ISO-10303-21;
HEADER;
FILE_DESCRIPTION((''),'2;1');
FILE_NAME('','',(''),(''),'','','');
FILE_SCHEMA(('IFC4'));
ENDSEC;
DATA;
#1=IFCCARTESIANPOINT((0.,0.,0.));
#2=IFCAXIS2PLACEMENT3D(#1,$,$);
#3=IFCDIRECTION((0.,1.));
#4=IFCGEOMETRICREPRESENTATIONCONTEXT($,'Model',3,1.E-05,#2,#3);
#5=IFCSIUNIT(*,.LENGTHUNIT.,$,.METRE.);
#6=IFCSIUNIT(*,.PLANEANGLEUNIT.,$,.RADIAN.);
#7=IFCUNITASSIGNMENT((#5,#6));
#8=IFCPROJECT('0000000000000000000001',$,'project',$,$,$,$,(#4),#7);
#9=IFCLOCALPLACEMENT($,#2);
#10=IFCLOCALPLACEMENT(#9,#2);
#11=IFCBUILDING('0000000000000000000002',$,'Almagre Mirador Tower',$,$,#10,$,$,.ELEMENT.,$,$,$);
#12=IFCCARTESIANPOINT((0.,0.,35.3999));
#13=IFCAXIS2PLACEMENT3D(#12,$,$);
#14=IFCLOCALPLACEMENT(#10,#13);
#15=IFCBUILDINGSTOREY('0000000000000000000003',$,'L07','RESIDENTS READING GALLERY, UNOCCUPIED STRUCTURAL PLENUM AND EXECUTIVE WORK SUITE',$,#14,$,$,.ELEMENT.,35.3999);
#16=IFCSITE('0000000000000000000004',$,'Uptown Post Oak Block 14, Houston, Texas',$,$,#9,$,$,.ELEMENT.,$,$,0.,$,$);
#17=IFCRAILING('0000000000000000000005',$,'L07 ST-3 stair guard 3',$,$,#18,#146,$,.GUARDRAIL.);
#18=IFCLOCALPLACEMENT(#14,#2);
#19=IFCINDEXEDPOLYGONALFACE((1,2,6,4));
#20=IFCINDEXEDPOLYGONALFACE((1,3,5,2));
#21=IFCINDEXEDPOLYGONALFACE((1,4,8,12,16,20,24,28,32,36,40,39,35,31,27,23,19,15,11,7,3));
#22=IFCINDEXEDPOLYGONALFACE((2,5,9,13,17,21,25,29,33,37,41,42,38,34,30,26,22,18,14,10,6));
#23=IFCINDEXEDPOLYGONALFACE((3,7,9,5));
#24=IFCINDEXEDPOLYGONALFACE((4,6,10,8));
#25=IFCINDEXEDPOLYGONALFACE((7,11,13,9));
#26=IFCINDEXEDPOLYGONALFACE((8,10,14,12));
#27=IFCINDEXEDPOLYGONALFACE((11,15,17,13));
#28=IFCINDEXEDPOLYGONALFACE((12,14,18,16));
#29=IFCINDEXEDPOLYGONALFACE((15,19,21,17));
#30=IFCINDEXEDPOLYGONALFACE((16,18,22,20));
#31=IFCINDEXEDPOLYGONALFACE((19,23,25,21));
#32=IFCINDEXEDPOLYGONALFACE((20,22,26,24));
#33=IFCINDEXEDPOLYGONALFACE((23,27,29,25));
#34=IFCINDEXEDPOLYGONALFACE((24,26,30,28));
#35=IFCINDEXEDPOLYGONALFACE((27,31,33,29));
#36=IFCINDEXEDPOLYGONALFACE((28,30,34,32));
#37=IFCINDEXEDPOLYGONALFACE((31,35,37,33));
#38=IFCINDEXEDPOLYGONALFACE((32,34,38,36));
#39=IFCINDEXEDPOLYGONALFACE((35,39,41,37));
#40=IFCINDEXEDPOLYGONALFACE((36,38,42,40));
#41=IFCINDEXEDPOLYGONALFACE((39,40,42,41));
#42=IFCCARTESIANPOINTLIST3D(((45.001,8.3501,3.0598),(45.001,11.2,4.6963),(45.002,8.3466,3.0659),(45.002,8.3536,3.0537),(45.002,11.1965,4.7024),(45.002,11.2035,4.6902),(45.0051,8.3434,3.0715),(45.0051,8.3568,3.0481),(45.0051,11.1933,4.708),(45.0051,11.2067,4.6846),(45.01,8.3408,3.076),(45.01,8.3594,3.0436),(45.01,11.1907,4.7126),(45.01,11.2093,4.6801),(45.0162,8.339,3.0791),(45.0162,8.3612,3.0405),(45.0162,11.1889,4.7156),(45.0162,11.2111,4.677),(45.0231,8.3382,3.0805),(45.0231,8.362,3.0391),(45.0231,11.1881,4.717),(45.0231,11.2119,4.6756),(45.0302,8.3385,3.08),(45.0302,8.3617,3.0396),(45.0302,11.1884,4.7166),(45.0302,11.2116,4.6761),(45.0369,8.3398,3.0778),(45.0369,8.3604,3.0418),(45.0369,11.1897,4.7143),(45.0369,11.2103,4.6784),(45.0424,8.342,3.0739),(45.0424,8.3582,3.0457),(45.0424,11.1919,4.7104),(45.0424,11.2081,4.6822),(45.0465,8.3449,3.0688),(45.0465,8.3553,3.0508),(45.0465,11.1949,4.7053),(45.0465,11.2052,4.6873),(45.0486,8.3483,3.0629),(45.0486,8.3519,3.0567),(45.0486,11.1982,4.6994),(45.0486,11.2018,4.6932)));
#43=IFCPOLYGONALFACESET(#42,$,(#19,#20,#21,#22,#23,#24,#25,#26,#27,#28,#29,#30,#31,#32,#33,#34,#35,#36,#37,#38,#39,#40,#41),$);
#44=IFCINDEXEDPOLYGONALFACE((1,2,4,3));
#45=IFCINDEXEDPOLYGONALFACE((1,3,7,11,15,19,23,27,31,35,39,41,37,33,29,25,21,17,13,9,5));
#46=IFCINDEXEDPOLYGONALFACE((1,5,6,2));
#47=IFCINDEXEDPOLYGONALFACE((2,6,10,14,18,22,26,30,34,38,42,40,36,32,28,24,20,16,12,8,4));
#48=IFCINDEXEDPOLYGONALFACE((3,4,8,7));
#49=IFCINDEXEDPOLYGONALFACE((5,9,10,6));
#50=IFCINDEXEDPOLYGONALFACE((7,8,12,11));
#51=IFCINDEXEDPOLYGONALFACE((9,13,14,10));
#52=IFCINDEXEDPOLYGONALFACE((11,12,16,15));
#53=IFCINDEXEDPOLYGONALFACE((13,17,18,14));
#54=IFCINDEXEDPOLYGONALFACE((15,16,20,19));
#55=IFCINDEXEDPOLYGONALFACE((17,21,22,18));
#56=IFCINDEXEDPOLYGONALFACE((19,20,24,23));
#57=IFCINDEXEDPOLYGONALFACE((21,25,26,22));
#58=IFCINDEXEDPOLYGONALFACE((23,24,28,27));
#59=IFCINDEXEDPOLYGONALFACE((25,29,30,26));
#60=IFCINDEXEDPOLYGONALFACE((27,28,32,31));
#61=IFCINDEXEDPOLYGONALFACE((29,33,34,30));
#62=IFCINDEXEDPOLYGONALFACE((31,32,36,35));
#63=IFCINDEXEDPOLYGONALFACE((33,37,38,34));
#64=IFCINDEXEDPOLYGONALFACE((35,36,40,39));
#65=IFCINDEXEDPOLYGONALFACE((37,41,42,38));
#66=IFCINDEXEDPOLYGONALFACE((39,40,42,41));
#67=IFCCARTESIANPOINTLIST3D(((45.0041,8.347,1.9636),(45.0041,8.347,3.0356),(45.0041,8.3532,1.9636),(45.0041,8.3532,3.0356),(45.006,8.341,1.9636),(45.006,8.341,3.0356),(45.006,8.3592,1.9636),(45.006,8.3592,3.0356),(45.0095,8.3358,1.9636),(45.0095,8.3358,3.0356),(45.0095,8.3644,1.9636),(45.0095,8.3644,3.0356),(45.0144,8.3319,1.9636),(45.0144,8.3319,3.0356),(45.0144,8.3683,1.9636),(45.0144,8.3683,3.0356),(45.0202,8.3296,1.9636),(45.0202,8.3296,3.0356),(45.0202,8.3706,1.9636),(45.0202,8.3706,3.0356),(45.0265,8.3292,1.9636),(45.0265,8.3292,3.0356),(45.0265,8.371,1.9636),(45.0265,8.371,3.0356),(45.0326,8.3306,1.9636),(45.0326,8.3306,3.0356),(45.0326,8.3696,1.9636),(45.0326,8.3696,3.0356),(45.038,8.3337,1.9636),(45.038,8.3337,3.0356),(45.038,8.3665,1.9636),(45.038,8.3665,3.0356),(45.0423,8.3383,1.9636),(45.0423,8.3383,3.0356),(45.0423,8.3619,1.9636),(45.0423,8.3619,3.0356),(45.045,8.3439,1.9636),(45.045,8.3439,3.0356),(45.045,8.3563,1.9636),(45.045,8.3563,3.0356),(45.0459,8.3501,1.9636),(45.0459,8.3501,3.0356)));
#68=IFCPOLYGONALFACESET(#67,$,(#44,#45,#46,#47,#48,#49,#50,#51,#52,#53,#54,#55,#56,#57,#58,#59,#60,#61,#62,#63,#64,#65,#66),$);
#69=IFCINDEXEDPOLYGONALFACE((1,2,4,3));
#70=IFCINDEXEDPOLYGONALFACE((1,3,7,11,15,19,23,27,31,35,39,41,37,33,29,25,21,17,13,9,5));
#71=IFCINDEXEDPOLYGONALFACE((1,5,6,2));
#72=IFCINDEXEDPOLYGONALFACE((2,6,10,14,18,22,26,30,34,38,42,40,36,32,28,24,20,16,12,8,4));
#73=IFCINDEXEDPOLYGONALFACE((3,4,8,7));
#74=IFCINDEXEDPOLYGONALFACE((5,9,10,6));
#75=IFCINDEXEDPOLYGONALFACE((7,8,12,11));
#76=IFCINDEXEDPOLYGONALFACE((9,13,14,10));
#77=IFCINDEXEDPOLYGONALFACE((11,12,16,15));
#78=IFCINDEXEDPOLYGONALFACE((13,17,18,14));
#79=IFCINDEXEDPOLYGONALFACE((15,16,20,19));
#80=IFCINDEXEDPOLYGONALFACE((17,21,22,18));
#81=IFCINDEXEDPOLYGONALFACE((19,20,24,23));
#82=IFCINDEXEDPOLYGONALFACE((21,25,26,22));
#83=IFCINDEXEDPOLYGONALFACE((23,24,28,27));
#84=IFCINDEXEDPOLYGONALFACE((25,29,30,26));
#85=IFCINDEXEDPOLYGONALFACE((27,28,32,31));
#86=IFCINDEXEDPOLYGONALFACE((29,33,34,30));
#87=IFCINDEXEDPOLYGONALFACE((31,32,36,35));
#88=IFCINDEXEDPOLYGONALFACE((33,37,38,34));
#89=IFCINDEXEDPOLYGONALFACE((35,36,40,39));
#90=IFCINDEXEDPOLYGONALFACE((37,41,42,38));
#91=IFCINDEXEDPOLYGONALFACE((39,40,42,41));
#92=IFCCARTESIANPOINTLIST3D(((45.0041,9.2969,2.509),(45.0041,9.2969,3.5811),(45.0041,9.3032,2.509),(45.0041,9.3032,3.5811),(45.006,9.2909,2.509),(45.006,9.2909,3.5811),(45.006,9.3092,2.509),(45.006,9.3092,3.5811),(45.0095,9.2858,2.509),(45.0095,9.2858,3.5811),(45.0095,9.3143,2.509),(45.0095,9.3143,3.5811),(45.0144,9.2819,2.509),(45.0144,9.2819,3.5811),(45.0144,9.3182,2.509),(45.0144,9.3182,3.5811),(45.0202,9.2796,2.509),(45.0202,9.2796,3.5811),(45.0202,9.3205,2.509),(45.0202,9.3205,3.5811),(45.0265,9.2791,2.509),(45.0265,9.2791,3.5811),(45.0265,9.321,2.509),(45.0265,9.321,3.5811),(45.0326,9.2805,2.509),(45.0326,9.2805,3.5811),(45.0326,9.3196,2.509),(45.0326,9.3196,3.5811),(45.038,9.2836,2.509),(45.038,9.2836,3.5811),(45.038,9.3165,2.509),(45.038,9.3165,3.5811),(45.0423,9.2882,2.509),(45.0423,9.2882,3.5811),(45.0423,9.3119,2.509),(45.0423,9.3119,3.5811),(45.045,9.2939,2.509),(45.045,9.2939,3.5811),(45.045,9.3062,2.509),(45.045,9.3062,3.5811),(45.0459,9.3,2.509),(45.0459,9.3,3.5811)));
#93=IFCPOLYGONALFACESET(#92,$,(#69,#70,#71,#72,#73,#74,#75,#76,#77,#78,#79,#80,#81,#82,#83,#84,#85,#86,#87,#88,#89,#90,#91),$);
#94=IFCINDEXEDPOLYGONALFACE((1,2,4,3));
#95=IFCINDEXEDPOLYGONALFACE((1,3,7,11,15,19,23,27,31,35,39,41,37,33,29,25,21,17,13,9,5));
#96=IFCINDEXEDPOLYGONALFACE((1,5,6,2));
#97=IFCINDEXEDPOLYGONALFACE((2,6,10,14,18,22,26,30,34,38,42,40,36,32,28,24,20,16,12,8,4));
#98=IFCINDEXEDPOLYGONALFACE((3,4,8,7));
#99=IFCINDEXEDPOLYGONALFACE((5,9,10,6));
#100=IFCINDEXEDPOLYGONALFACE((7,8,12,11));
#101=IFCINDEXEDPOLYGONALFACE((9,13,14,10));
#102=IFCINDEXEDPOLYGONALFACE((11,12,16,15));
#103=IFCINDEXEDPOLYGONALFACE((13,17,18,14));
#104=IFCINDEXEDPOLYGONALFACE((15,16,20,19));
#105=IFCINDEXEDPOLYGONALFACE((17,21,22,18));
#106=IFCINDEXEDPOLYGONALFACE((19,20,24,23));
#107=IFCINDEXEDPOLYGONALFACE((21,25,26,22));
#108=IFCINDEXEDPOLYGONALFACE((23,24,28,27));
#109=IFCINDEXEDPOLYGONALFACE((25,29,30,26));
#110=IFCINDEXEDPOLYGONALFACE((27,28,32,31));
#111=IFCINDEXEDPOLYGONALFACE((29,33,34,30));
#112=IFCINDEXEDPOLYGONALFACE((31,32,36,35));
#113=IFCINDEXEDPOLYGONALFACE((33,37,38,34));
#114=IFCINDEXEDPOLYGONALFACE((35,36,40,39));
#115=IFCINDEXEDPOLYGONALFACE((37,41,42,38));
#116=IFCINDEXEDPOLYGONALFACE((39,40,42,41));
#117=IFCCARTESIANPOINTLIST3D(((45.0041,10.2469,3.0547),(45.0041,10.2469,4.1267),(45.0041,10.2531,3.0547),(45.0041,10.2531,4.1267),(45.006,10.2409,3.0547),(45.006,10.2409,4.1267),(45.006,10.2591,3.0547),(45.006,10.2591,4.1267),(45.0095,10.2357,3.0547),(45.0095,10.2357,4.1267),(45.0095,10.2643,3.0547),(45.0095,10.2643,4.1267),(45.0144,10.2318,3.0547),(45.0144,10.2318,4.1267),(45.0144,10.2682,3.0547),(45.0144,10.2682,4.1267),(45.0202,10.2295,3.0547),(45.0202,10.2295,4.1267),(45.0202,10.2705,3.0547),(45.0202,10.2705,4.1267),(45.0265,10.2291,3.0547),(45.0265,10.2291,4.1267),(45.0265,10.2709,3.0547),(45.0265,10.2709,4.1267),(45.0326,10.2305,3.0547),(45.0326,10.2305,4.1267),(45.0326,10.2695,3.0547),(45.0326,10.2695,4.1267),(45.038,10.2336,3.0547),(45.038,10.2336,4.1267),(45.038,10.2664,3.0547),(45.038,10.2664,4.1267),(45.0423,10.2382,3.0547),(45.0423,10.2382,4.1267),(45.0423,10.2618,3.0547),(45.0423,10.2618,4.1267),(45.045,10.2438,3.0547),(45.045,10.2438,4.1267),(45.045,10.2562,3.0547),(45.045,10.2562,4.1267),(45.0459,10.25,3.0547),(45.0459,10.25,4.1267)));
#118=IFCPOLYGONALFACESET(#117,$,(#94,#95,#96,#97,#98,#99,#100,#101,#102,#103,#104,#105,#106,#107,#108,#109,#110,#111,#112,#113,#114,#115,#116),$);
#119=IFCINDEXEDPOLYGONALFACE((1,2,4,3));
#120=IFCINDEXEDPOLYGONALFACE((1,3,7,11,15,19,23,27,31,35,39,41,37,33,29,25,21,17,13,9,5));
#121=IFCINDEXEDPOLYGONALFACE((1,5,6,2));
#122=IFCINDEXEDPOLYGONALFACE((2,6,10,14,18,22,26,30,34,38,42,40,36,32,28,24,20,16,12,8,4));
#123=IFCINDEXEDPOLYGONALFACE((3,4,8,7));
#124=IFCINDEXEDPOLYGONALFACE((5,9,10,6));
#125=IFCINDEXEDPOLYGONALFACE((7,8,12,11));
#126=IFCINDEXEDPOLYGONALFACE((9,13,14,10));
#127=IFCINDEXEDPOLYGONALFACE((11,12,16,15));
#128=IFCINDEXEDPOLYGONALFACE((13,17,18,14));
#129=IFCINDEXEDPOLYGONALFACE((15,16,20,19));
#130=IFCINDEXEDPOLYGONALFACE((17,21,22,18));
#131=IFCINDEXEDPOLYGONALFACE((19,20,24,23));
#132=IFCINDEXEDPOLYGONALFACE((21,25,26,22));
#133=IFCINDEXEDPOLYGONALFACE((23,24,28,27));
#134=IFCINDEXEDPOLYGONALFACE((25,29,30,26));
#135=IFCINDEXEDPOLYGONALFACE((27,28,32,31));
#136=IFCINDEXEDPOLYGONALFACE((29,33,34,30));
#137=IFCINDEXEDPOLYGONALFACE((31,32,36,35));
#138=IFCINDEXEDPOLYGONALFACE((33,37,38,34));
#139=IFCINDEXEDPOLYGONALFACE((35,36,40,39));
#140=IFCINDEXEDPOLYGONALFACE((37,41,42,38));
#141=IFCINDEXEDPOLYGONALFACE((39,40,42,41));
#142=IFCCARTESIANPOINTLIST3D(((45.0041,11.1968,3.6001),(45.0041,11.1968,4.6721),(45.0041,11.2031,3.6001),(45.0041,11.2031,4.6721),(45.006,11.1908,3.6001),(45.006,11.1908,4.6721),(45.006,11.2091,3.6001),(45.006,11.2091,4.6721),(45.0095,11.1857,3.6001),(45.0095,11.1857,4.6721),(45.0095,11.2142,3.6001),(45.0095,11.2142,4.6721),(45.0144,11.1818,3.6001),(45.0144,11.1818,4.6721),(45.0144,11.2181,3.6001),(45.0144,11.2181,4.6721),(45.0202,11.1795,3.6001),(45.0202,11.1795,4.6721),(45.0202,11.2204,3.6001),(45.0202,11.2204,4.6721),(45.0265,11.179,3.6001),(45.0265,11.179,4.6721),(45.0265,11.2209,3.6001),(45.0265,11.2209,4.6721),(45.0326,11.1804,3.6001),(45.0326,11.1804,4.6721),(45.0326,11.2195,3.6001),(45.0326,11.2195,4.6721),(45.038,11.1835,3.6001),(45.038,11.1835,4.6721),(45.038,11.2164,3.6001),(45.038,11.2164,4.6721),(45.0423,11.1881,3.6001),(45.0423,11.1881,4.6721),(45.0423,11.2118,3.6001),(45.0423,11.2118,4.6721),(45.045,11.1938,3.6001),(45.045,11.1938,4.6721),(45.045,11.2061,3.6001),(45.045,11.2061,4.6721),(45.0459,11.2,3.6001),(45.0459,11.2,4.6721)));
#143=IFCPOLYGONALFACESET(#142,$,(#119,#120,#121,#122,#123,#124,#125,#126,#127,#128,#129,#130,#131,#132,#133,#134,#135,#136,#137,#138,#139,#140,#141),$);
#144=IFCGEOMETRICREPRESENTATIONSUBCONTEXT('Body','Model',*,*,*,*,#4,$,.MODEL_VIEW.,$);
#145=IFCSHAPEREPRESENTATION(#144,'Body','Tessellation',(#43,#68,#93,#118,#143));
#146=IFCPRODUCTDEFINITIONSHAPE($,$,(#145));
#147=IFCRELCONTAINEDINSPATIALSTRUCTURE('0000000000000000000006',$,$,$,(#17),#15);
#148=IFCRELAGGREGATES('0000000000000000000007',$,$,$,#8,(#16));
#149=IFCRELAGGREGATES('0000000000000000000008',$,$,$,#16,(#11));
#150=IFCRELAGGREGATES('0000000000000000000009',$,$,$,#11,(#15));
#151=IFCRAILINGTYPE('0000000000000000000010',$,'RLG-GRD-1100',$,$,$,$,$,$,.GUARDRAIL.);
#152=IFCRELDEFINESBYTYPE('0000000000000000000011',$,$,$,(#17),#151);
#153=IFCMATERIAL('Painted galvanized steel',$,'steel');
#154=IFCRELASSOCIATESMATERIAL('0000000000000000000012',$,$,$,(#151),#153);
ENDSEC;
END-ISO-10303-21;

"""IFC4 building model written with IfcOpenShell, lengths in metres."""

from ifc_helpers import new_model, si_unit, direction, frame, origin, origin_2d, place, context, subcontext, project, spatial, circle, extrude, material, type_object, element, save


model = new_model("IFC4")

# Units and contexts
model_context = context("Model", 3, precision=1e-05, world=origin(), true_north=direction((0.0, 1.0)))
body_context = subcontext(model_context, "Body", "Model", "MODEL_VIEW")
ifc_project = project(units=[si_unit("LENGTHUNIT", "METRE"), si_unit("PLANEANGLEUNIT", "RADIAN")], contexts=[model_context])

# Site, building, storey
site_placement = place(None, origin())
site = spatial("IfcSite", under=ifc_project, at=site_placement, Name="Uptown Post Oak Block 14, Houston, Texas", CompositionType="ELEMENT", RefElevation=0.0)
building_placement = place(site_placement, origin())
building = spatial("IfcBuilding", under=site, at=building_placement, Name="Almagre Mirador Tower", CompositionType="ELEMENT")
storey_placement = place(building_placement, frame((0.0, 0.0, 35.3999)))
storey = spatial("IfcBuildingStorey", under=building, at=storey_placement, Name="L07", Description="RESIDENTS READING GALLERY, UNOCCUPIED STRUCTURAL PLENUM AND EXECUTIVE WORK SUITE", CompositionType="ELEMENT", Elevation=35.3999)

# Railing
ifc_material_1 = material(Name="Painted galvanized steel", Category="steel")
railing_type_1 = type_object("IfcRailingType", Name="RLG-GRD-1100", PredefinedType="GUARDRAIL", material=ifc_material_1)
railing_1_placement = place(storey_placement, frame((45.0249, 8.3501, 1.9636)))
element("IfcRailing", 1, at=railing_1_placement, inside=storey, type_object=railing_type_1, Name="L07 ST-3 stair guard 3", PredefinedType="GUARDRAIL", context=body_context, shape_type="SweptSolid", body=[
    extrude(circle(Radius=0.0239, at=origin_2d()), frame((0.0, 0.0, 1.0962), z_axis=(0.0, 0.867194, 0.49797), x_axis=(-1.0, 0.0, 0.0)), (0.0, 0.0, 1.0), 3.2864),
    extrude(circle(Radius=0.021, at=origin_2d()), origin(), (0.0, 0.0, 1.0), 1.072),
    extrude(circle(Radius=0.021, at=origin_2d()), frame((0.0, 0.95, 0.5454)), (0.0, 0.0, 1.0), 1.072),
    extrude(circle(Radius=0.021, at=origin_2d()), frame((0.0, 1.8999, 1.0911)), (0.0, 0.0, 1.0), 1.072),
    extrude(circle(Radius=0.021, at=origin_2d()), frame((0.0, 2.8499, 1.6365)), (0.0, 0.0, 1.0), 1.072),
])

save(model, "model.ifc")
